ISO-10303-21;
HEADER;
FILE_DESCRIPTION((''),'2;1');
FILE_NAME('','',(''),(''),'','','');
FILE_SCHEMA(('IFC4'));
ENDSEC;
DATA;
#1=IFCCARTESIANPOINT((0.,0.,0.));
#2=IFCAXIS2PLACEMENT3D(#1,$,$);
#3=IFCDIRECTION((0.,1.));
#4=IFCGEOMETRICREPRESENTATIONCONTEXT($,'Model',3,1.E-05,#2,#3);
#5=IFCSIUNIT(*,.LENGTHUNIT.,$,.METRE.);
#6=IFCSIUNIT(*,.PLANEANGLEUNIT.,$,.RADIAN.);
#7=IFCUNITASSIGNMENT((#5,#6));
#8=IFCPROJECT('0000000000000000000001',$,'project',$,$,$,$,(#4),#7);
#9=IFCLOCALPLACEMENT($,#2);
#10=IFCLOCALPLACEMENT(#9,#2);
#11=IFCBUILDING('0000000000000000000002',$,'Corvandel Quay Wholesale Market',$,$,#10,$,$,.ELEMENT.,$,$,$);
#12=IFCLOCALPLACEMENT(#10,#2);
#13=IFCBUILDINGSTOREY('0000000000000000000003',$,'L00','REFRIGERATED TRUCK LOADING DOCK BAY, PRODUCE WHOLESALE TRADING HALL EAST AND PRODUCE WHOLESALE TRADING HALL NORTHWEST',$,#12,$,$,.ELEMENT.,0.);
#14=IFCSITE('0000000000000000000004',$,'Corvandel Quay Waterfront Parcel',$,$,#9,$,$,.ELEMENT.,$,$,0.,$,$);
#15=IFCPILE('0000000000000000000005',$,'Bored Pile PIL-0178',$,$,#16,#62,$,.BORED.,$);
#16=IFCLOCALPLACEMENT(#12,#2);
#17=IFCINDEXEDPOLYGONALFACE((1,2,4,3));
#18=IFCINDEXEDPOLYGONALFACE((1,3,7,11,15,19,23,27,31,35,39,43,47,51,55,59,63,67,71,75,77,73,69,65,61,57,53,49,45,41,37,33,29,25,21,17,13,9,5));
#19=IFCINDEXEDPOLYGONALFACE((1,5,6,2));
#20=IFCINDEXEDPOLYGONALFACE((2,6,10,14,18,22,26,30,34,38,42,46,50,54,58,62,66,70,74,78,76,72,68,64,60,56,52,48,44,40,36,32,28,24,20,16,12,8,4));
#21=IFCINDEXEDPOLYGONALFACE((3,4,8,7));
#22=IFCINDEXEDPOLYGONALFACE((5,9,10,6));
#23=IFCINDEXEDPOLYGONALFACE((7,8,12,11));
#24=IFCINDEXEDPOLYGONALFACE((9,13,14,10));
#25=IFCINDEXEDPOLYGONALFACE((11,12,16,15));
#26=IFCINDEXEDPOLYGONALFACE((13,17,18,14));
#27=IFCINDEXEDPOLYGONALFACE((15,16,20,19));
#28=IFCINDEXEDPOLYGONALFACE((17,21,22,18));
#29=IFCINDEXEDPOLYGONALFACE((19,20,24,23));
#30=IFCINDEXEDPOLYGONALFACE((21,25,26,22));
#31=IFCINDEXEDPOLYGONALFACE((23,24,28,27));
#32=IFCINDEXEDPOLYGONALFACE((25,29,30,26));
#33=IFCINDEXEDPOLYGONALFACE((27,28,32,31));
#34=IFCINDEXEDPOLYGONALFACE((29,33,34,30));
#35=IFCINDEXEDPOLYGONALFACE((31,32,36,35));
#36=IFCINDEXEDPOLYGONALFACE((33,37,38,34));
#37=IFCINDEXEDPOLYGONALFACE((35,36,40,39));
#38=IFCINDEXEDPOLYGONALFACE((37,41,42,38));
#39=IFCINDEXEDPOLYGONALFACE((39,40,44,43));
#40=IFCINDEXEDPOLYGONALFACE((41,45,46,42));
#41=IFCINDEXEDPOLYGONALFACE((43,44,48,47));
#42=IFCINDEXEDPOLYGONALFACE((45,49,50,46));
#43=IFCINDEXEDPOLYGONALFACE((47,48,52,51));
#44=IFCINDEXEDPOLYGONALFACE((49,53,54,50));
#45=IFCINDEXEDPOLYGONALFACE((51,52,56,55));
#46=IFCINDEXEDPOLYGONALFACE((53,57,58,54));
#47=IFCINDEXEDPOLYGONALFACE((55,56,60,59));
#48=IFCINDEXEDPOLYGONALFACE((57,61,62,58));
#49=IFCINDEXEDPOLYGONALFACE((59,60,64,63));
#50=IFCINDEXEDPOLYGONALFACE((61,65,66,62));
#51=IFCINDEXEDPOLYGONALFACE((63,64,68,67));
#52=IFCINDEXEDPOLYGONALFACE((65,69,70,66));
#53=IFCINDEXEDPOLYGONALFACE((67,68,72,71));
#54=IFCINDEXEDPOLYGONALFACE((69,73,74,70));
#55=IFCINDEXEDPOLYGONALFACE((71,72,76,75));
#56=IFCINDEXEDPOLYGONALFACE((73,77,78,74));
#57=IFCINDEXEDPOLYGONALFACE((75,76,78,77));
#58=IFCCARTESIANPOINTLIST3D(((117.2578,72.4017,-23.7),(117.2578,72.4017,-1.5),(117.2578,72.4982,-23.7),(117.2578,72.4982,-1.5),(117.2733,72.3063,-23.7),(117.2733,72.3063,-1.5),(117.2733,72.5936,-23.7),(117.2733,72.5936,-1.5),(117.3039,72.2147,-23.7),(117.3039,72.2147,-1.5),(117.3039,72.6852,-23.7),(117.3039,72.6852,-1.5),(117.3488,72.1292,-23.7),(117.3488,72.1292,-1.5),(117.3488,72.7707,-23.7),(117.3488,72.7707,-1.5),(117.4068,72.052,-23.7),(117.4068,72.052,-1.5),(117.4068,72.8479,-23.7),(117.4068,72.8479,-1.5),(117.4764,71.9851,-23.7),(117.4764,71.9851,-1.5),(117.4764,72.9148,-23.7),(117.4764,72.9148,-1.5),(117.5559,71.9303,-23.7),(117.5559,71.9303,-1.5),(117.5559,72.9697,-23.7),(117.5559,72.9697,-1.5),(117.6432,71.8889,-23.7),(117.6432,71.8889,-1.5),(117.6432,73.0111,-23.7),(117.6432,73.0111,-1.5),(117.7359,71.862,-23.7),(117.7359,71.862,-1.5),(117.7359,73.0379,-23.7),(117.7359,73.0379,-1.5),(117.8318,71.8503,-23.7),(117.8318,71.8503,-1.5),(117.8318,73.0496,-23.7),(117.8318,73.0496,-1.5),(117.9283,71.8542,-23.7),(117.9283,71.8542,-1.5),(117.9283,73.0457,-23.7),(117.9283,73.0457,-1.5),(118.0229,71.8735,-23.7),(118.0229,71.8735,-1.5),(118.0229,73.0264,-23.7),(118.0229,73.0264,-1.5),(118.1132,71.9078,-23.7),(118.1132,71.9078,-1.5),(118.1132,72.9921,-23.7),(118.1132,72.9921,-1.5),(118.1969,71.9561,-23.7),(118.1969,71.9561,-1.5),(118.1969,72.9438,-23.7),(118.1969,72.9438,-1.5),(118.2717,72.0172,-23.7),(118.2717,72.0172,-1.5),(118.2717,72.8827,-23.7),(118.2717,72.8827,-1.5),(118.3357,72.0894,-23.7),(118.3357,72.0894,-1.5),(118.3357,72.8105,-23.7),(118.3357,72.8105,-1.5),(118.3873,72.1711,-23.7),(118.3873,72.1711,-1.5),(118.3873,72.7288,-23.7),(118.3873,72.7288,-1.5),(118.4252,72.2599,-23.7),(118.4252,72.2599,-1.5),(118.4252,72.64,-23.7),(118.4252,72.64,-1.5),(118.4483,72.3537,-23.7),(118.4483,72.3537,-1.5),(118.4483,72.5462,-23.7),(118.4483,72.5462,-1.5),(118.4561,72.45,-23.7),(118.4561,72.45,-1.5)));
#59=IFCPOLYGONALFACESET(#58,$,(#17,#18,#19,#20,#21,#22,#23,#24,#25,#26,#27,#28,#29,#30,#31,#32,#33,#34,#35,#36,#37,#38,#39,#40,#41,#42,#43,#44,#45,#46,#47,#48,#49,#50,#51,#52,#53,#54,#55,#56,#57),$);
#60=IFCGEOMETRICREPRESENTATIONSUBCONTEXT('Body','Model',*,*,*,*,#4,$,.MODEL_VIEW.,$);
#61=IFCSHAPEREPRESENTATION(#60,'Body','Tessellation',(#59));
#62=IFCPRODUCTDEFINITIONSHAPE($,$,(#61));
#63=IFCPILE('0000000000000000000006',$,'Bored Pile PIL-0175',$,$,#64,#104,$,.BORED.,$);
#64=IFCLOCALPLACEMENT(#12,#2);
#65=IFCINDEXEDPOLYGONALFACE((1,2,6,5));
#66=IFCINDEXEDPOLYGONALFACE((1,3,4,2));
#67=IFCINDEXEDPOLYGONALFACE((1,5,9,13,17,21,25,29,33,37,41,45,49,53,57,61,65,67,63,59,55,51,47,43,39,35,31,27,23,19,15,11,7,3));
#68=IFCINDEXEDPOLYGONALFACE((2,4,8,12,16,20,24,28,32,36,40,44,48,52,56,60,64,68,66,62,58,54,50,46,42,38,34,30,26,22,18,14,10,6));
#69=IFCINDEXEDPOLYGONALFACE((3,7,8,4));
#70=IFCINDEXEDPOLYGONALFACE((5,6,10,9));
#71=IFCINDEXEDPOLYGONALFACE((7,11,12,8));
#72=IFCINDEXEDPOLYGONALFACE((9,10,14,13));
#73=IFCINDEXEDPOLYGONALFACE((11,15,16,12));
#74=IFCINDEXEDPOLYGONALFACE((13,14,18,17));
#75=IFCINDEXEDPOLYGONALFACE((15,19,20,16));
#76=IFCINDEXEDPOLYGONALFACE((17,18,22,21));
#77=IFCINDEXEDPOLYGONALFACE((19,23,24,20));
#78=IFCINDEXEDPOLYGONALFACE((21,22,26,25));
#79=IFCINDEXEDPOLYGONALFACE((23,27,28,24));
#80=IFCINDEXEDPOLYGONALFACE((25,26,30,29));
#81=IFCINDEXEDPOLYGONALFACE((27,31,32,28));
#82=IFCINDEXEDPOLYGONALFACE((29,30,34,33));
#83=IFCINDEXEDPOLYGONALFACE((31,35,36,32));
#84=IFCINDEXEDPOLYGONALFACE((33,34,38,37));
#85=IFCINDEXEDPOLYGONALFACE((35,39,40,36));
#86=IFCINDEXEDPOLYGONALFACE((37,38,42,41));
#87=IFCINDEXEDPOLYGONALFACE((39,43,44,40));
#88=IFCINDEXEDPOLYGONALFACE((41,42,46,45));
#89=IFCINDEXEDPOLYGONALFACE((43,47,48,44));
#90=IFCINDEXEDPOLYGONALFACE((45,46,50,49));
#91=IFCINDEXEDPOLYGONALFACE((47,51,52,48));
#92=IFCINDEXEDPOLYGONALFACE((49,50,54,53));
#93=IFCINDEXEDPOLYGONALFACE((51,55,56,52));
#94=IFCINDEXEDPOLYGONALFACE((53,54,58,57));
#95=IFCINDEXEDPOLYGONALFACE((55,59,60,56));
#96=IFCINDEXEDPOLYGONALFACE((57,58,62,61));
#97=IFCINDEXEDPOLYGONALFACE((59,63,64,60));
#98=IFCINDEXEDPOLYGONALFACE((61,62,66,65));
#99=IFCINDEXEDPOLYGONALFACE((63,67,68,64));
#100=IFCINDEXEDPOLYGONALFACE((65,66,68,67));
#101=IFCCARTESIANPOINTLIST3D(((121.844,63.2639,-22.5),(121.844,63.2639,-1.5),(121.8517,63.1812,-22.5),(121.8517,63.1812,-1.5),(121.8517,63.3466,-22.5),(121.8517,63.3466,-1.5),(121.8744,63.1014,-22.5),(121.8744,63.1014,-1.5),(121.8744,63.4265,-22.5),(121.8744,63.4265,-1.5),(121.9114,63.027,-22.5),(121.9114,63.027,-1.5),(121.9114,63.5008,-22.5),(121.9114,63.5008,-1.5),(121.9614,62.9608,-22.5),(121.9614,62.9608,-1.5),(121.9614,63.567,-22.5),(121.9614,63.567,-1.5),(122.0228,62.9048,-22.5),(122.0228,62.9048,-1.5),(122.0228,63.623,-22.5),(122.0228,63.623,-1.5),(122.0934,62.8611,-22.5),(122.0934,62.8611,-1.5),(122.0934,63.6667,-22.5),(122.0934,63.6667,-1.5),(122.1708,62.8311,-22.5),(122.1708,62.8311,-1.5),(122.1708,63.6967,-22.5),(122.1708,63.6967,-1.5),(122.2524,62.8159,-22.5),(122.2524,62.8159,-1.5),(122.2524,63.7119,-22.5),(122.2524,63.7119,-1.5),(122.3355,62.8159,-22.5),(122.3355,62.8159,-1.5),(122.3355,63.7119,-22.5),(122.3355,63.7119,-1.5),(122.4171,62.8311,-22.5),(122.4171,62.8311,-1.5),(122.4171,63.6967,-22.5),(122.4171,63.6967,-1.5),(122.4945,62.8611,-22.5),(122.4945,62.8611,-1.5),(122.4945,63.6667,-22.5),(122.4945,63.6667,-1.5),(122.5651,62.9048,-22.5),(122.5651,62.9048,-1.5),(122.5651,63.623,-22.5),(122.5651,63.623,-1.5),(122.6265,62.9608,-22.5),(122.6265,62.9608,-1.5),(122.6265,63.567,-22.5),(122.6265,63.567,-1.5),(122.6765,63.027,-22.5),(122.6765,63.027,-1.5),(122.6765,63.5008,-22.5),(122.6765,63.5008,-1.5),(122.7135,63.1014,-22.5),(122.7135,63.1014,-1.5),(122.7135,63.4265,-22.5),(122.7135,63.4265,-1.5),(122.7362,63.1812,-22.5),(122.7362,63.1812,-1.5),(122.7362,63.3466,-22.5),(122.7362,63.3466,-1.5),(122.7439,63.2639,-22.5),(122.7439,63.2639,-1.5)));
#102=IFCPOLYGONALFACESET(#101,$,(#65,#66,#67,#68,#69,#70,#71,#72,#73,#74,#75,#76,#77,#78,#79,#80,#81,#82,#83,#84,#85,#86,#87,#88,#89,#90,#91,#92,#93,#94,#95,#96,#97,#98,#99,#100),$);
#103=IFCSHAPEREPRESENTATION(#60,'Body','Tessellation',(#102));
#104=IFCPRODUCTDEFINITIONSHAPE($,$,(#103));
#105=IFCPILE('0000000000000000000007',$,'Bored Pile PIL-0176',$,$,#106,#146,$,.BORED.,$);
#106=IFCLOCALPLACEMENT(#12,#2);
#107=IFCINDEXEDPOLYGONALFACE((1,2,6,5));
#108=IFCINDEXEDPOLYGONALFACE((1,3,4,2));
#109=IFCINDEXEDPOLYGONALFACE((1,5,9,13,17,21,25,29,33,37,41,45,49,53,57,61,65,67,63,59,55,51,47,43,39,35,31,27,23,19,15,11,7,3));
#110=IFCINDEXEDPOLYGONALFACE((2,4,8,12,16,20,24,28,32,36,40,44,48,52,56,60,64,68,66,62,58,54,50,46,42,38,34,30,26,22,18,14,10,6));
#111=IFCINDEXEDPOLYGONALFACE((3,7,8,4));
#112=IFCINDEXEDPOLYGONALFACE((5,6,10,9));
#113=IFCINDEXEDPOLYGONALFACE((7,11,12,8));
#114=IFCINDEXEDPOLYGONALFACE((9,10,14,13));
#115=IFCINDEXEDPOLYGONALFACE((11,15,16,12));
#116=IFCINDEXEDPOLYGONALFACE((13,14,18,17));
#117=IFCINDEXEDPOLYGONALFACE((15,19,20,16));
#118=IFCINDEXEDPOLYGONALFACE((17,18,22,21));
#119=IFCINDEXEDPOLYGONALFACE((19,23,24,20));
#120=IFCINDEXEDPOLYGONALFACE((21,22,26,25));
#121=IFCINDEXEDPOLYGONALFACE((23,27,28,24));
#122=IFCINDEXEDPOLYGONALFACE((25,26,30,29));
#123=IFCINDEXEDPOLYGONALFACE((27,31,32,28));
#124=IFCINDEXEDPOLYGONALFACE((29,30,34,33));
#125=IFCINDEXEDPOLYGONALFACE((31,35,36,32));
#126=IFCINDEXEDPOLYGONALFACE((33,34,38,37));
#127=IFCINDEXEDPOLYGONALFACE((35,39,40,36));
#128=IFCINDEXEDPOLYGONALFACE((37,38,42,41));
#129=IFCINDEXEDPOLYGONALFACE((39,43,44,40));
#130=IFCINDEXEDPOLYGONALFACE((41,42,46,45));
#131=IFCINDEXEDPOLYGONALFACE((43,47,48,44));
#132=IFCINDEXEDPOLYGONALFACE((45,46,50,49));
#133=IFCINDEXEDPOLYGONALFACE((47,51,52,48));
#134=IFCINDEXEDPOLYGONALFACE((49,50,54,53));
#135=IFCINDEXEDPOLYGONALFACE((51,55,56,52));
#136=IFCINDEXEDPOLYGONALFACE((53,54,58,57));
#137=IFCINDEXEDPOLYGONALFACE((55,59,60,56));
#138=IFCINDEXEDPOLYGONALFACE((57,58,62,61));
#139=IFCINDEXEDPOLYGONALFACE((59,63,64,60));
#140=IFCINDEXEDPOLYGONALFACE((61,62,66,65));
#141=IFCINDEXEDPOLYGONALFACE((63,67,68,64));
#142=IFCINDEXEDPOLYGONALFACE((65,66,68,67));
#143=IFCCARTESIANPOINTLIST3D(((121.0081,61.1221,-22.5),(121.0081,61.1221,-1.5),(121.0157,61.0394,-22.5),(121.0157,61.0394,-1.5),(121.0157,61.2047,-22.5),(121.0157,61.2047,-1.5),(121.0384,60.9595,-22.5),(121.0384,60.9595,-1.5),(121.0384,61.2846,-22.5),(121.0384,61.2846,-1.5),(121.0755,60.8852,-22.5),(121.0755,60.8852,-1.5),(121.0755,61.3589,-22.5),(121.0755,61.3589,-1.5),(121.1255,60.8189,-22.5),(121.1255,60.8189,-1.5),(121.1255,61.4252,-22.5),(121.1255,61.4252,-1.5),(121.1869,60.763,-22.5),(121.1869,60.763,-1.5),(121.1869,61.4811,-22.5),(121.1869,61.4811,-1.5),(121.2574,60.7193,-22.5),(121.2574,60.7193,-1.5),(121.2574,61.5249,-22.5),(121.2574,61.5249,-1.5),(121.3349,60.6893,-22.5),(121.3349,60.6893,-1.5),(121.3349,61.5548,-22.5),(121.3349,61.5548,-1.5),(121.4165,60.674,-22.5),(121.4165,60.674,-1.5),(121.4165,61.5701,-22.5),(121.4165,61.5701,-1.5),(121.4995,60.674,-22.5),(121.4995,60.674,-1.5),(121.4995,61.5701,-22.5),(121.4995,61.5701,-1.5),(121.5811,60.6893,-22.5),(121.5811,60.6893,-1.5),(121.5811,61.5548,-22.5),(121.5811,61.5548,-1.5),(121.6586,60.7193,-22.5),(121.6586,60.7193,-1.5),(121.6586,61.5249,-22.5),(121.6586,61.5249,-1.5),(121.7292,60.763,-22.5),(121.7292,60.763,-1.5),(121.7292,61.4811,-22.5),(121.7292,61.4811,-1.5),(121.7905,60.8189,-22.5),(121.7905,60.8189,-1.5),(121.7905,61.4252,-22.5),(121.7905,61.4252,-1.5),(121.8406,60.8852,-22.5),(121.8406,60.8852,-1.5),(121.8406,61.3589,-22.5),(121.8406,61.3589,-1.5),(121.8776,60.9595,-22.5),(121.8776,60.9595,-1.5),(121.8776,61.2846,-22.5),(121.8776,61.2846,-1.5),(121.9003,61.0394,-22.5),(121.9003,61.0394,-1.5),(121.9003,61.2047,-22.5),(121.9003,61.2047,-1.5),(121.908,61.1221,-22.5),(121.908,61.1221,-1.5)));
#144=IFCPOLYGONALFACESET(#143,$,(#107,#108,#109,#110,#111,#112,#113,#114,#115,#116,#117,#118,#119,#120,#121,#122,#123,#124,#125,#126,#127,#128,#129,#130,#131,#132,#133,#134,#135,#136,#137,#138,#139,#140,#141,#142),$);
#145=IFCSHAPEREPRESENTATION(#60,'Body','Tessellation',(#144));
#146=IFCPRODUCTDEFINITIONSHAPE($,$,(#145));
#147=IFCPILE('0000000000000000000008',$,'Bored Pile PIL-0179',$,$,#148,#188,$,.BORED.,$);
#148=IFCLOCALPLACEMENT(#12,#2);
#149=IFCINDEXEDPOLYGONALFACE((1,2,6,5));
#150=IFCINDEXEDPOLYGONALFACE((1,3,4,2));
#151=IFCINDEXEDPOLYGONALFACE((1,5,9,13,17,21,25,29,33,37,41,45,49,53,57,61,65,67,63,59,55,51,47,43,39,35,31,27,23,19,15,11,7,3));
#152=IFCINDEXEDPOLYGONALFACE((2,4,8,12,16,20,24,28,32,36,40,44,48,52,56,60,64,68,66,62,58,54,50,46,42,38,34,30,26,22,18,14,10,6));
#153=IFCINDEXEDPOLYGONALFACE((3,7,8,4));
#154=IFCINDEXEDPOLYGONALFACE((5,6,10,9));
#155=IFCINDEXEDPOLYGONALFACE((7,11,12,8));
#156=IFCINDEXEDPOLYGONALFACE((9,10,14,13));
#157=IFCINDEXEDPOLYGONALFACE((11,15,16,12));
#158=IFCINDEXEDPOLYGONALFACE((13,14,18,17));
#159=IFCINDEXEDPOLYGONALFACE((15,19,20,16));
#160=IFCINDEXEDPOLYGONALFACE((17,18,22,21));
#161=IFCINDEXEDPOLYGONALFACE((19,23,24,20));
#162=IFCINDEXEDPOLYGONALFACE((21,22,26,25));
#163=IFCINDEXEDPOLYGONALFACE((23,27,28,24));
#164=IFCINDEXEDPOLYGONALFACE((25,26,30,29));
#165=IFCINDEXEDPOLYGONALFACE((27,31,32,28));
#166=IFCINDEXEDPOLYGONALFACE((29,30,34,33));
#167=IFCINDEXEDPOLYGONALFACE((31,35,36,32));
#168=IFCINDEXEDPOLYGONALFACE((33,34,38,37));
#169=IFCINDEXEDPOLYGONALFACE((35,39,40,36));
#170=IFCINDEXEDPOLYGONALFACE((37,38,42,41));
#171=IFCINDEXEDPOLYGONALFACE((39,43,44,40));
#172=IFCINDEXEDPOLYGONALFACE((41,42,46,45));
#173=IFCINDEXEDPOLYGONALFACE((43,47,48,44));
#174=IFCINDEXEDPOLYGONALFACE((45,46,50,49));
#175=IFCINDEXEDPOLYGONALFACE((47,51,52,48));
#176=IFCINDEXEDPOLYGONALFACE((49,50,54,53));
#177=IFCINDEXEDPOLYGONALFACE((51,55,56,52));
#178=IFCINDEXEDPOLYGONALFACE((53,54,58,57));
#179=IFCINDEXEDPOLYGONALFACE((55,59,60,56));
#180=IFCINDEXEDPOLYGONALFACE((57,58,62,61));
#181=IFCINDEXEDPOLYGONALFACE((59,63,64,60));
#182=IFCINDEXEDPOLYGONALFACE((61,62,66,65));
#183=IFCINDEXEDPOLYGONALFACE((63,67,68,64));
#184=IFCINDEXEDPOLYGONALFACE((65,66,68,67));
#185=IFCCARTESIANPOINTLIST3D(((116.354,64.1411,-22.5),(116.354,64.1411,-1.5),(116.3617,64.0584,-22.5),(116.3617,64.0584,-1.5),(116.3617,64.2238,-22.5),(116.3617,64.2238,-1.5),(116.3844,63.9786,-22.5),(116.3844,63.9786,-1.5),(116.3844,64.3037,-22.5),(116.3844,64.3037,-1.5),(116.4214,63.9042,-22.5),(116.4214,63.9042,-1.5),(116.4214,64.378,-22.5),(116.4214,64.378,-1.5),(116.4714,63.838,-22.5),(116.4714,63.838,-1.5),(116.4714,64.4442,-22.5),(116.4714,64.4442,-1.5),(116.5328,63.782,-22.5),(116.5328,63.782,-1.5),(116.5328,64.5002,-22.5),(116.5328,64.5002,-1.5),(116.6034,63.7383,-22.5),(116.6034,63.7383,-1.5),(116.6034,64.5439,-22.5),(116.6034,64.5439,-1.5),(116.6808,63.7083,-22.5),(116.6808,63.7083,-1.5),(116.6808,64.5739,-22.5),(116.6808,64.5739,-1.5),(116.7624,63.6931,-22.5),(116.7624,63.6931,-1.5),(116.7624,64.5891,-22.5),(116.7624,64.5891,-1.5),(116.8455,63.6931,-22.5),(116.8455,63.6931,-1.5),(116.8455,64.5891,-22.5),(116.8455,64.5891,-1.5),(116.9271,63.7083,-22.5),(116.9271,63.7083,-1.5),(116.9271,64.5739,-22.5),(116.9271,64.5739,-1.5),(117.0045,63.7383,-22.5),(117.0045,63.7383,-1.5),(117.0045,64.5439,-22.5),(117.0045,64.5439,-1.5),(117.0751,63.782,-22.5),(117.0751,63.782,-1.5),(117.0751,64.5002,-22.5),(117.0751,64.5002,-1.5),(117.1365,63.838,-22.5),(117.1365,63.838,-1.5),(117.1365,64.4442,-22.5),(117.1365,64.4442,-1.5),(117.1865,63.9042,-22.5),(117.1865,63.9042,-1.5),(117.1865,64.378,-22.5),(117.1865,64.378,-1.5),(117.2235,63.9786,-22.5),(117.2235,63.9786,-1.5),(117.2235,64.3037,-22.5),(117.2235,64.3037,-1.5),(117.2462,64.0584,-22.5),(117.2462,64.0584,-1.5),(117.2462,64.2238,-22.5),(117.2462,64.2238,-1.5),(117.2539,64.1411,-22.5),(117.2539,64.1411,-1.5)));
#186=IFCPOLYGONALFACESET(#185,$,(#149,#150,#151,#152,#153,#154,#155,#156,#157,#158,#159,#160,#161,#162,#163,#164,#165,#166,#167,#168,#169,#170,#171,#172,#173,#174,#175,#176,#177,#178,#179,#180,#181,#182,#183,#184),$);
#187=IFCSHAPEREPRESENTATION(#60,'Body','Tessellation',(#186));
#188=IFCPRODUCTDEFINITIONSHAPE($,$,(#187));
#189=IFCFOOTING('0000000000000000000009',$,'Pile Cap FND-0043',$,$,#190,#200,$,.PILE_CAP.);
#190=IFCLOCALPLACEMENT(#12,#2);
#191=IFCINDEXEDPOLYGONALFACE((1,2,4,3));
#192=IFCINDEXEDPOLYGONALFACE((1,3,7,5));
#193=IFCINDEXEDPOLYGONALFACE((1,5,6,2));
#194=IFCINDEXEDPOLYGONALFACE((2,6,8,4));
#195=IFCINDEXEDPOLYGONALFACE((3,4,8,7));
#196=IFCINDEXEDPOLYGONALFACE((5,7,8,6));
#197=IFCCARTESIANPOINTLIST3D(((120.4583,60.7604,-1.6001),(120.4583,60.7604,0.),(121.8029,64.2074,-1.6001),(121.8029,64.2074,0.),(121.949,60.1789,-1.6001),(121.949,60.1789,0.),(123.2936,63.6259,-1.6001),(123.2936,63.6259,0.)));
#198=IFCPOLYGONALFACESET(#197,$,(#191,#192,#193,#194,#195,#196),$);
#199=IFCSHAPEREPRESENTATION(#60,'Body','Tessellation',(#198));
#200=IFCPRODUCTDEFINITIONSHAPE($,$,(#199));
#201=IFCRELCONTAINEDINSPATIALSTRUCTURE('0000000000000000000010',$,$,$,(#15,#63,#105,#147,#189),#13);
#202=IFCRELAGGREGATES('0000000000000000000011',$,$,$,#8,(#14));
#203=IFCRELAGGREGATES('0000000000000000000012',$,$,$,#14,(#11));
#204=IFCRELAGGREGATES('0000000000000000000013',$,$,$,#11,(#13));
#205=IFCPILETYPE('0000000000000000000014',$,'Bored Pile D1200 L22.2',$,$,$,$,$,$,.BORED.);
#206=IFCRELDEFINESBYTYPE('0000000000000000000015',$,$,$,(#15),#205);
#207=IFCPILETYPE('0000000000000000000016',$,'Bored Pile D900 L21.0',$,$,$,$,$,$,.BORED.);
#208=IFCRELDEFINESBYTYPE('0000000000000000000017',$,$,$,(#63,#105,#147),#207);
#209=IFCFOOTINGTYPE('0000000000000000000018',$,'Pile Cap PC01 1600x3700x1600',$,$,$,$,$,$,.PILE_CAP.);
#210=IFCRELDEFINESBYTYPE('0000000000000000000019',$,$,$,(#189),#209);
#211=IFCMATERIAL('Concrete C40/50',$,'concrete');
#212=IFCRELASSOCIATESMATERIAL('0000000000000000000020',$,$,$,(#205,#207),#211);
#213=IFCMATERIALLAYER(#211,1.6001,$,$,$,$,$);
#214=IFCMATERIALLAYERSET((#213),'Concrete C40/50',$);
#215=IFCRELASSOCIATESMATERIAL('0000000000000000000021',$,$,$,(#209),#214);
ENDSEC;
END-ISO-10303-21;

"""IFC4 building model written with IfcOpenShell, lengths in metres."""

from ifc_helpers import new_model, si_unit, direction, frame, origin, origin_2d, place, context, subcontext, project, spatial, rectangle, circle, extrude, material, layer, layer_set, material_profile, profile_set, type_object, element, save


model = new_model("IFC4")

# Units and contexts
model_context = context("Model", 3, precision=1e-05, world=origin(), true_north=direction((0.0, 1.0)))
body_context = subcontext(model_context, "Body", "Model", "MODEL_VIEW")
ifc_project = project(units=[si_unit("LENGTHUNIT", "METRE"), si_unit("PLANEANGLEUNIT", "RADIAN")], contexts=[model_context])

# Site, building, storey
site_placement = place(None, origin())
site = spatial("IfcSite", under=ifc_project, at=site_placement, Name="Corvandel Quay Waterfront Parcel", CompositionType="ELEMENT", RefElevation=0.0)
building_placement = place(site_placement, origin())
building = spatial("IfcBuilding", under=site, at=building_placement, Name="Corvandel Quay Wholesale Market", CompositionType="ELEMENT")
storey_placement = place(building_placement, origin())
storey = spatial("IfcBuildingStorey", under=building, at=storey_placement, Name="L00", Description="REFRIGERATED TRUCK LOADING DOCK BAY, PRODUCE WHOLESALE TRADING HALL EAST AND PRODUCE WHOLESALE TRADING HALL NORTHWEST", CompositionType="ELEMENT", Elevation=0.0)

# Piles
ifc_material_1 = material(Name="Concrete C40/50", Category="concrete")
ifc_material_profile_1 = material_profile(ifc_material_1, circle(Radius=0.6001, at=origin_2d()), Name="RC-PILE-D1200")
ifc_profile_set_1 = profile_set([ifc_material_profile_1], Name="Concrete C40/50")
pile_type_1 = type_object("IfcPileType", Name="Bored Pile D1200 L22.2", PredefinedType="BORED", material=ifc_profile_set_1)
pile_placement = place(storey_placement, frame((117.856, 72.45, -1.5), z_axis=(0.0, 0.0, -1.0), x_axis=(1.0, 0.0, 0.0)))
element("IfcPile", 1, at=pile_placement, inside=storey, type_object=pile_type_1, Name="Bored Pile PIL-0178", PredefinedType="BORED", context=body_context, shape_type="SweptSolid", body=[
    extrude(circle(Radius=0.6001, at=origin_2d()), origin(), (0.0, 0.0, 1.0), 22.2),
])
ifc_material_profile_2 = material_profile(ifc_material_1, circle(Radius=0.45, at=origin_2d()), Name="RC-PILE-D900")
ifc_profile_set_2 = profile_set([ifc_material_profile_2], Name="Concrete C40/50")
pile_type_2 = type_object("IfcPileType", Name="Bored Pile D900 L21.0", PredefinedType="BORED", material=ifc_profile_set_2)
for number, where, z_axis, x_axis, name in (
    (2, (122.2939, 63.2639, -1.5), (0.0, 0.0, -1.0), (1.0, 0.0, 0.0), "Bored Pile PIL-0175"),
    (3, (121.458, 61.1221, -1.5), (0.0, 0.0, -1.0), (1.0, 0.0, 0.0), "Bored Pile PIL-0176"),
    (4, (116.804, 64.1411, -1.5), (0.0, 0.0, -1.0), (1.0, 0.0, 0.0), "Bored Pile PIL-0179"),
):
    element("IfcPile", number, at=place(storey_placement, frame(where, z_axis=z_axis, x_axis=x_axis)), inside=storey, type_object=pile_type_2, Name=name, PredefinedType="BORED", context=body_context, shape_type="SweptSolid", body=[
        extrude(circle(Radius=0.45, at=origin_2d()), origin(), (0.0, 0.0, 1.0), 21.0),
    ])

# Footing
ifc_layer_1 = layer(ifc_material_1, 1.6001)
ifc_layer_set_1 = layer_set([ifc_layer_1], Name="Concrete C40/50")
footing_type_1 = type_object("IfcFootingType", Name="Pile Cap PC01 1600x3700x1600", PredefinedType="PILE_CAP", material=ifc_layer_set_1)
footing_1_placement = place(storey_placement, frame((121.876, 62.1931, -1.6001), z_axis=(0.0, 0.0, 1.0), x_axis=(-0.931628, 0.363414, 0.0)))
element("IfcFooting", 5, at=footing_1_placement, inside=storey, type_object=footing_type_1, Name="Pile Cap FND-0043", PredefinedType="PILE_CAP", context=body_context, shape_type="SweptSolid", body=[
    extrude(rectangle(XDim=1.6001, YDim=3.7, at=origin_2d()), origin(), (0.0, 0.0, 1.0), 1.6001),
])

save(model, "model.ifc")
